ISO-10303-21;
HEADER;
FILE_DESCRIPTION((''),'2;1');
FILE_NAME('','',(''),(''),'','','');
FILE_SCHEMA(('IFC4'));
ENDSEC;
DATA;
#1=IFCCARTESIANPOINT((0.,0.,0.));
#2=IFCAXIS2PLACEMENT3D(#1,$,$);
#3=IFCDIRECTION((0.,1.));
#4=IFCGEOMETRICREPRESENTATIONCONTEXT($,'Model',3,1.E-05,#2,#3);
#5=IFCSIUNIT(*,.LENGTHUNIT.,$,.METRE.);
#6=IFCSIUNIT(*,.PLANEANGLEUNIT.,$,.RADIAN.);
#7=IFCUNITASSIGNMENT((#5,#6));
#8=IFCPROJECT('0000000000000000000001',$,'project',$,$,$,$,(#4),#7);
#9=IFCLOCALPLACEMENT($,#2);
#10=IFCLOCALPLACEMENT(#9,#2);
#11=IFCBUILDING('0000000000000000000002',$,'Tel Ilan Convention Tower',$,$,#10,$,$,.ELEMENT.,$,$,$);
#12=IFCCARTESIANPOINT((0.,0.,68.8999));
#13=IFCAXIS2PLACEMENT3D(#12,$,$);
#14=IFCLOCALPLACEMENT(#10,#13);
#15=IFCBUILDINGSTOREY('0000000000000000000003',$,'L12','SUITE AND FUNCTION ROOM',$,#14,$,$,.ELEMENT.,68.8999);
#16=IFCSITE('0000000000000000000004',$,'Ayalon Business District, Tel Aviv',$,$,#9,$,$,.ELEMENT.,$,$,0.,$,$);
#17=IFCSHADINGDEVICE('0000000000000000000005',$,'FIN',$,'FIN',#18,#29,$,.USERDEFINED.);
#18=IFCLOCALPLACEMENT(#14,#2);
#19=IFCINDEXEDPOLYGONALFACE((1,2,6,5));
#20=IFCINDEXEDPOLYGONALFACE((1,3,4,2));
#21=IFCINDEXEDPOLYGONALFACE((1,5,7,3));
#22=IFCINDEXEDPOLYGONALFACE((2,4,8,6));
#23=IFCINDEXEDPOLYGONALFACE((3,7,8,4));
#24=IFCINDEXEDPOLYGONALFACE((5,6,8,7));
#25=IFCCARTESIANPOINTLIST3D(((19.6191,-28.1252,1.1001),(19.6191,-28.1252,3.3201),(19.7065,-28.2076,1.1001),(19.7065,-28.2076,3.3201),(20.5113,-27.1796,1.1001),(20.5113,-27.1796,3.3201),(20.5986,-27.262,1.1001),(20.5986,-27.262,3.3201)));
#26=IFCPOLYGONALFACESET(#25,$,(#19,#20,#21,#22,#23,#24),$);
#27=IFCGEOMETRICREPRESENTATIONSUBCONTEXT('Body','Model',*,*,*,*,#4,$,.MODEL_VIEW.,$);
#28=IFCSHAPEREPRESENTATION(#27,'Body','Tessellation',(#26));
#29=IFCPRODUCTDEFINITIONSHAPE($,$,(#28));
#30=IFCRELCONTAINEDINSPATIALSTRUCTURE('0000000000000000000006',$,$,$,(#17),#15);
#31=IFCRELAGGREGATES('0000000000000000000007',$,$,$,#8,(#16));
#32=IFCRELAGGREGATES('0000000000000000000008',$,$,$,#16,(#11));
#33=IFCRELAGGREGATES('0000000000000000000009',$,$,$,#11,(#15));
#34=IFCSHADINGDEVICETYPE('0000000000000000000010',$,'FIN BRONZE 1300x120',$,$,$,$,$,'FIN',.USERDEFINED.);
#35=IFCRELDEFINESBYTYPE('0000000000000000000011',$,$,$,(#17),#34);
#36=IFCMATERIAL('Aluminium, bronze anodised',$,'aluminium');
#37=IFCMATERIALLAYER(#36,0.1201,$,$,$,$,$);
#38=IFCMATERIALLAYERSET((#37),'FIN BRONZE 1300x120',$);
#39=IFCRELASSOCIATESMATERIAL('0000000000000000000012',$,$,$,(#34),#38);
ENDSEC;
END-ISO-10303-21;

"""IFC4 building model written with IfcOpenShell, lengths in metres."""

from ifc_helpers import new_model, si_unit, direction, frame, origin, origin_2d, place, context, subcontext, project, spatial, rectangle, extrude, material, layer, layer_set, type_object, element, save


model = new_model("IFC4")

# Units and contexts
model_context = context("Model", 3, precision=1e-05, world=origin(), true_north=direction((0.0, 1.0)))
body_context = subcontext(model_context, "Body", "Model", "MODEL_VIEW")
ifc_project = project(units=[si_unit("LENGTHUNIT", "METRE"), si_unit("PLANEANGLEUNIT", "RADIAN")], contexts=[model_context])

# Site, building, storey
site_placement = place(None, origin())
site = spatial("IfcSite", under=ifc_project, at=site_placement, Name="Ayalon Business District, Tel Aviv", CompositionType="ELEMENT", RefElevation=0.0)
building_placement = place(site_placement, origin())
building = spatial("IfcBuilding", under=site, at=building_placement, Name="Tel Ilan Convention Tower", CompositionType="ELEMENT")
storey_placement = place(building_placement, frame((0.0, 0.0, 68.8999)))
storey = spatial("IfcBuildingStorey", under=building, at=storey_placement, Name="L12", Description="SUITE AND FUNCTION ROOM", CompositionType="ELEMENT", Elevation=68.8999)

# Shading device
ifc_material_1 = material(Name="Aluminium, bronze anodised", Category="aluminium")
ifc_layer_1 = layer(ifc_material_1, 0.1201)
ifc_layer_set_1 = layer_set([ifc_layer_1], Name="FIN BRONZE 1300x120")
shading_device_type = type_object("IfcShadingDeviceType", Name="FIN BRONZE 1300x120", ElementType="FIN", PredefinedType="USERDEFINED", material=ifc_layer_set_1)
for number, where, z_axis, x_axis, name in (
    (1, (20.1089, -27.6936, 1.1001), (0.0, 0.0, 1.0), (-0.686242, -0.727374, 0.0), "FIN"),
):
    element("IfcShadingDevice", number, at=place(storey_placement, frame(where, z_axis=z_axis, x_axis=x_axis)), inside=storey, type_object=shading_device_type, Name=name, ObjectType="FIN", PredefinedType="USERDEFINED", context=body_context, shape_type="SweptSolid", body=[
        extrude(rectangle(XDim=1.3, YDim=0.1201, at=origin_2d()), origin(), (0.0, 0.0, 1.0), 2.22),
    ])

save(model, "model.ifc")
